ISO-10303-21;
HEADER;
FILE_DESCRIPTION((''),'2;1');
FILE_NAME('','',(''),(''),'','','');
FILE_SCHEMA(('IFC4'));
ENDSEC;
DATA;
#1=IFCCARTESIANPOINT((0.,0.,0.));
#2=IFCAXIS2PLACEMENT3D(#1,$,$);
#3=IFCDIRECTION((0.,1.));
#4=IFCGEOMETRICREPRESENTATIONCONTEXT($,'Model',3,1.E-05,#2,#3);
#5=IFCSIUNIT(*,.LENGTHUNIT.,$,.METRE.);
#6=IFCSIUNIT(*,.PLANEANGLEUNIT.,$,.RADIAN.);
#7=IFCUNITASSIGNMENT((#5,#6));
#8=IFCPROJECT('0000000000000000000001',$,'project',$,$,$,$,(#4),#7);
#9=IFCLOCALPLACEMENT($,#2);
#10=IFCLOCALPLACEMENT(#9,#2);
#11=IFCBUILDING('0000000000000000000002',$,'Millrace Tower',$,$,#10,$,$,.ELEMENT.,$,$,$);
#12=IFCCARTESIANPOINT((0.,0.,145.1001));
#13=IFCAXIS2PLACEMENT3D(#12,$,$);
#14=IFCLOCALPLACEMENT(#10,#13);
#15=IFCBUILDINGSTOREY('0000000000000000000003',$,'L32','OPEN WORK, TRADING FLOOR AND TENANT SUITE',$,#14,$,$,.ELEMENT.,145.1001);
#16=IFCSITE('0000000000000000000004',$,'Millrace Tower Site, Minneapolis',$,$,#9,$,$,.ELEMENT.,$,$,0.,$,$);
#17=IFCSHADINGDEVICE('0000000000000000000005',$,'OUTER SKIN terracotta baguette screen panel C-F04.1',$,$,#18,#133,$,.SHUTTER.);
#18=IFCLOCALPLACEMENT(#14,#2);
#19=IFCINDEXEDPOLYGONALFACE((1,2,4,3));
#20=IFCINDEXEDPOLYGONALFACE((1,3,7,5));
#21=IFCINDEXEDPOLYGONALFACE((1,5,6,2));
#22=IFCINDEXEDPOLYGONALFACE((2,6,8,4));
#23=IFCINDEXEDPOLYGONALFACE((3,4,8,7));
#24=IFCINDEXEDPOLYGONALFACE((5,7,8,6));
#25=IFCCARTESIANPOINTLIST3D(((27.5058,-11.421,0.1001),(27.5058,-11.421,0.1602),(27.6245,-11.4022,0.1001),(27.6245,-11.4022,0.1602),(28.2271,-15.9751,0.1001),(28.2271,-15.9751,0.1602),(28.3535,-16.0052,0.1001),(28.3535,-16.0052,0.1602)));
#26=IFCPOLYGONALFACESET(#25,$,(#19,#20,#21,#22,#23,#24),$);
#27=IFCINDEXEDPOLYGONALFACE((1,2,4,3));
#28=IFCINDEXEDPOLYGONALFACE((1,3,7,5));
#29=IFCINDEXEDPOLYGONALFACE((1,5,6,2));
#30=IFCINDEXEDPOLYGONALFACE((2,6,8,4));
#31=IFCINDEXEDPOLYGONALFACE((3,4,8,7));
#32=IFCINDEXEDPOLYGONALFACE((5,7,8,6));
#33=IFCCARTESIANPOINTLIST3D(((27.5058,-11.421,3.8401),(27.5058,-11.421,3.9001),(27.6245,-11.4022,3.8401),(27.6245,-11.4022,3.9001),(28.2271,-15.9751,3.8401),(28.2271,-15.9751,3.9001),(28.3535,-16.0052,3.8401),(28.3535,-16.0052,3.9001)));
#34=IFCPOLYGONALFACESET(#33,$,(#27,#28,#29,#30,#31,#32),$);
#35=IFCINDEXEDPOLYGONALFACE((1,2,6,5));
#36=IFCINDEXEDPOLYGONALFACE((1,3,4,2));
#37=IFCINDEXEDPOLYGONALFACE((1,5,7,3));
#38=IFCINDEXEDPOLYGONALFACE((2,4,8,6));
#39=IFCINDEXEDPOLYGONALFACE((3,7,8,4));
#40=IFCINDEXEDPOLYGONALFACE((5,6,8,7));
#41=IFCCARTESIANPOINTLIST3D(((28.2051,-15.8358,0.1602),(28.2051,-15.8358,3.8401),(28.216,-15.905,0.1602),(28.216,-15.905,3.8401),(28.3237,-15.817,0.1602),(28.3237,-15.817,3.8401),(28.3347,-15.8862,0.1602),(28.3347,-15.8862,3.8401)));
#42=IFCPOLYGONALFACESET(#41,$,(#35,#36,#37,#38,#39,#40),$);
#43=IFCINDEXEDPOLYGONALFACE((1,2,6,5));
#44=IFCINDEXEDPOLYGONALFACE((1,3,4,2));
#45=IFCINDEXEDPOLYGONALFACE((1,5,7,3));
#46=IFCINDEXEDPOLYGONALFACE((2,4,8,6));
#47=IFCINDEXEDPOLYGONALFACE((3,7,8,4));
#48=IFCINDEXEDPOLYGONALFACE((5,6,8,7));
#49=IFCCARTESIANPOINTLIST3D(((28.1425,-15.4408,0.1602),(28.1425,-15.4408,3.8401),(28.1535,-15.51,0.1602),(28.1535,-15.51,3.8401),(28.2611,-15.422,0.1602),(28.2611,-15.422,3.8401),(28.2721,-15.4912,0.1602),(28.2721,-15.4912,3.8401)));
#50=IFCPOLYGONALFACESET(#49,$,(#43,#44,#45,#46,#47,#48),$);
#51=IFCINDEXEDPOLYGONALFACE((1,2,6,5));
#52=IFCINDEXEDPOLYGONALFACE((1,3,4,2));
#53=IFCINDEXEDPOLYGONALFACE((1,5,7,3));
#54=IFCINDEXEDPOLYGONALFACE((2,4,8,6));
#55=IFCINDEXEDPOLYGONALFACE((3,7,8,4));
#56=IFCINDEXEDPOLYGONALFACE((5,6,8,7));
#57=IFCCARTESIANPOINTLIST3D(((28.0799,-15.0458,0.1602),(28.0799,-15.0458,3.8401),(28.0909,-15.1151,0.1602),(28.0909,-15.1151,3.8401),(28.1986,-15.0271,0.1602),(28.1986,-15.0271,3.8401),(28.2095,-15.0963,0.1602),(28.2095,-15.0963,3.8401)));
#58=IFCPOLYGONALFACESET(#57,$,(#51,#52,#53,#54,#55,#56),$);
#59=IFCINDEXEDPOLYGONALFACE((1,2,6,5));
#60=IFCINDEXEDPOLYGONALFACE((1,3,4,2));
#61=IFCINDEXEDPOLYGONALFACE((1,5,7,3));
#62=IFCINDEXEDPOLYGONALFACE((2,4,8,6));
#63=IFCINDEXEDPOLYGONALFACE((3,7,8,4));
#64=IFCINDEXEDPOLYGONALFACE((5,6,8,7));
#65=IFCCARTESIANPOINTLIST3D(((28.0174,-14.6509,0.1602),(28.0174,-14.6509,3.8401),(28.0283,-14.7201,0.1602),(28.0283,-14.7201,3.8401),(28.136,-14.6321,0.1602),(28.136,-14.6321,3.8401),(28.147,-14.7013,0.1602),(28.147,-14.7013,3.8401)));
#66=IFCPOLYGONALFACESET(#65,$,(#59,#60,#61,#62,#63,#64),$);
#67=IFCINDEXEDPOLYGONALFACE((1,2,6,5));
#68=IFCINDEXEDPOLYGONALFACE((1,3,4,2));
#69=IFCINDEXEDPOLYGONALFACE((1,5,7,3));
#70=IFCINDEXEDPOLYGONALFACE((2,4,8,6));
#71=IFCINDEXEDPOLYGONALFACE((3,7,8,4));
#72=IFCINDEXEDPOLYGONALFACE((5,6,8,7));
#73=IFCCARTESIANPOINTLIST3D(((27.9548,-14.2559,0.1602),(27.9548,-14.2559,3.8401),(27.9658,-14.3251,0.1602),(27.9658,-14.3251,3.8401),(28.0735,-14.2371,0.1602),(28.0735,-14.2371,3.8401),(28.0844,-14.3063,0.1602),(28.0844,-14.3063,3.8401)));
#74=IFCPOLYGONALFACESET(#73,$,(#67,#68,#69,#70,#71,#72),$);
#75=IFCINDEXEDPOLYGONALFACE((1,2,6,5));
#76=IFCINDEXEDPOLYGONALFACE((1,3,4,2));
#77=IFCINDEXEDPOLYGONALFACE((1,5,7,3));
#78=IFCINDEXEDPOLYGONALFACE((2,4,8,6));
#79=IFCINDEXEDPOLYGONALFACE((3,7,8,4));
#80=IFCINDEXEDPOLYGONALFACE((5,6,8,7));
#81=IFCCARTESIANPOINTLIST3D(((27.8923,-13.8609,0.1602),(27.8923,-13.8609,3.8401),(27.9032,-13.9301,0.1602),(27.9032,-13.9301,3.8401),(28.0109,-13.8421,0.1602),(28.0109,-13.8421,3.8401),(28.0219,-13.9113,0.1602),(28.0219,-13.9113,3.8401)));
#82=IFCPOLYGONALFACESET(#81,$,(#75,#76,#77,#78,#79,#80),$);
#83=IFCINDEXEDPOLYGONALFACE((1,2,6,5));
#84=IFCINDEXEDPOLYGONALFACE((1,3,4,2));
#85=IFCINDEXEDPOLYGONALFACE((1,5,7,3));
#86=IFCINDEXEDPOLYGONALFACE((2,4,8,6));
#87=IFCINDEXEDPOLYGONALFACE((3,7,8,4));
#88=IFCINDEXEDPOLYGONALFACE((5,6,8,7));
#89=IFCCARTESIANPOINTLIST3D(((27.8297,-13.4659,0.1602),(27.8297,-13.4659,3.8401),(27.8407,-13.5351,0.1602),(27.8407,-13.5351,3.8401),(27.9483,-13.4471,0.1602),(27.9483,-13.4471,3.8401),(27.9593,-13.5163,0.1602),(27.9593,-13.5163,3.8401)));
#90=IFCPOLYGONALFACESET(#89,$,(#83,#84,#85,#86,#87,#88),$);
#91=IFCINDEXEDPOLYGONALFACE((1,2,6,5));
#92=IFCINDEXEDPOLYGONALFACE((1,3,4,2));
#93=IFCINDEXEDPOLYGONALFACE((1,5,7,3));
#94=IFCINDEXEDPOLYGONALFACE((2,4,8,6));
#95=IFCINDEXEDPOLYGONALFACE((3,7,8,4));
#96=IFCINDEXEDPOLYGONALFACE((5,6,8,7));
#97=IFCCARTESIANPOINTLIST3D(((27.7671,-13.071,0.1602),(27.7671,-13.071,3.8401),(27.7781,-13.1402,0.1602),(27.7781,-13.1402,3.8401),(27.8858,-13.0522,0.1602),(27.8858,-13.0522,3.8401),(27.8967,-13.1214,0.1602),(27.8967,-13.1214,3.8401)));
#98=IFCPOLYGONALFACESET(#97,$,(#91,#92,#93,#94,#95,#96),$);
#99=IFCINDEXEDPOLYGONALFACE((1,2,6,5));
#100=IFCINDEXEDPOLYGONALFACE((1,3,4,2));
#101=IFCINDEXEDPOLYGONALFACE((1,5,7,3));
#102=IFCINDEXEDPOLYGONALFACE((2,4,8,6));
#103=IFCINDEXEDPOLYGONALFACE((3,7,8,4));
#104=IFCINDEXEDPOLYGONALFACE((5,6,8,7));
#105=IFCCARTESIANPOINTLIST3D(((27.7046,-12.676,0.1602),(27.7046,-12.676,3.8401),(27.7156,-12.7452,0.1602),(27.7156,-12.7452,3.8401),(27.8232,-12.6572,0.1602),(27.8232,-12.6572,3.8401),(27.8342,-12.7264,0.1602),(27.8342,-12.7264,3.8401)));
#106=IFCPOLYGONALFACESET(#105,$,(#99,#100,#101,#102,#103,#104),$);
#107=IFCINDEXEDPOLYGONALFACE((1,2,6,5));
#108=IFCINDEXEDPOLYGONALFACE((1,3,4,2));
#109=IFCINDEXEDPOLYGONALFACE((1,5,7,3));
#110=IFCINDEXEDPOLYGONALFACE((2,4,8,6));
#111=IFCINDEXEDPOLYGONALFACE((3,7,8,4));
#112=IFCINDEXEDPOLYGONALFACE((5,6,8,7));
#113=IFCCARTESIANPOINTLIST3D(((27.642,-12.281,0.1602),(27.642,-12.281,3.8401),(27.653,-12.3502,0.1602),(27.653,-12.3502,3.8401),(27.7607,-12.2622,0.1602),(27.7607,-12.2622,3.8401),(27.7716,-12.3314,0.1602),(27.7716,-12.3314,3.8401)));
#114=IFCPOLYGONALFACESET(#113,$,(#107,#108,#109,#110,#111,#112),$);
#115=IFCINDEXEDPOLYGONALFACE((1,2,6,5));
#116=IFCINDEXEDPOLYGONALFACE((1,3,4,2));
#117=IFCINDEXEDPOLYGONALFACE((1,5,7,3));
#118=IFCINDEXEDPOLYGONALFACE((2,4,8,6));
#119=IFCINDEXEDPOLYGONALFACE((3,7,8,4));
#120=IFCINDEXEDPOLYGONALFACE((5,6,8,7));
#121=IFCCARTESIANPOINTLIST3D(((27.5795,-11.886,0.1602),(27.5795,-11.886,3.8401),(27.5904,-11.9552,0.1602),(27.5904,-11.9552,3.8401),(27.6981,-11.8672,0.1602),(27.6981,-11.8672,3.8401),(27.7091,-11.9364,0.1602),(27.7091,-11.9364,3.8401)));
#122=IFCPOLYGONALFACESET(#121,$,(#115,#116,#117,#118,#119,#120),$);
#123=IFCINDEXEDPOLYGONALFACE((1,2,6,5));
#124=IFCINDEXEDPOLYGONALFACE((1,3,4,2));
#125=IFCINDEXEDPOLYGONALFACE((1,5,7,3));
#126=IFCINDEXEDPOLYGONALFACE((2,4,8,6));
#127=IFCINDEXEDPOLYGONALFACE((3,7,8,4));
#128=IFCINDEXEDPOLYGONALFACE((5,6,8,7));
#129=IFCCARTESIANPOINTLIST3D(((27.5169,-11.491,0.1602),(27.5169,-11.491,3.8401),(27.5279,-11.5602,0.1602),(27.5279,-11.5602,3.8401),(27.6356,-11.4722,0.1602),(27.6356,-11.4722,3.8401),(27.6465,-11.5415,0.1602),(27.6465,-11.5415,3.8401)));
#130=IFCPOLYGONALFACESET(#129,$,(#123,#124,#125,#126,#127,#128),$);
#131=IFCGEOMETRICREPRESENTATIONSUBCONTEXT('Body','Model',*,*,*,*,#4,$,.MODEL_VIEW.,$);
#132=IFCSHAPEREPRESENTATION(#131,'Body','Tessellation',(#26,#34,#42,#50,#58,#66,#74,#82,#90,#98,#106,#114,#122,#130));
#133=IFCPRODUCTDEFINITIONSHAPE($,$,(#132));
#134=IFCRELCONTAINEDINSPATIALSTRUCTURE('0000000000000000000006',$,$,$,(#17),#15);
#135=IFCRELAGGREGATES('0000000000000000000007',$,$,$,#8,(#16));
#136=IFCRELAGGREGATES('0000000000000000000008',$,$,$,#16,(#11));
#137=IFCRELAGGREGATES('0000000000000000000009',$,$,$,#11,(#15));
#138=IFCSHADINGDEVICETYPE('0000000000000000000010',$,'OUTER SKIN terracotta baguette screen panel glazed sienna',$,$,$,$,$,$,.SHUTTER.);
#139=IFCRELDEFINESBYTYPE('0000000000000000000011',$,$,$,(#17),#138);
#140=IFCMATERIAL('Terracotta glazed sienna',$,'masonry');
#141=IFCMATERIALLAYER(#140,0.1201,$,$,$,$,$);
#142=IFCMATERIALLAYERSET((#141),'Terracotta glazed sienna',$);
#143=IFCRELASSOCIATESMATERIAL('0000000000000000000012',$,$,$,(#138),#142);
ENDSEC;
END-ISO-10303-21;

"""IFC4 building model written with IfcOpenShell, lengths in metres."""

from ifc_helpers import new_model, entity, si_unit, direction, frame, frame_2d, origin, place, context, subcontext, project, spatial, rectangle, extrude, source, transform, mapped, material, layer, layer_set, type_object, element, save


model = new_model("IFC4")

# Units and contexts
model_context = context("Model", 3, precision=1e-05, world=origin(), true_north=direction((0.0, 1.0)))
body_context = subcontext(model_context, "Body", "Model", "MODEL_VIEW")
ifc_project = project(units=[si_unit("LENGTHUNIT", "METRE"), si_unit("PLANEANGLEUNIT", "RADIAN")], contexts=[model_context])

# Site, building, storey
site_placement = place(None, origin())
site = spatial("IfcSite", under=ifc_project, at=site_placement, Name="Millrace Tower Site, Minneapolis", CompositionType="ELEMENT", RefElevation=0.0)
building_placement = place(site_placement, origin())
building = spatial("IfcBuilding", under=site, at=building_placement, Name="Millrace Tower", CompositionType="ELEMENT")
storey_placement = place(building_placement, frame((0.0, 0.0, 145.1001)))
storey = spatial("IfcBuildingStorey", under=building, at=storey_placement, Name="L32", Description="OPEN WORK, TRADING FLOOR AND TENANT SUITE", CompositionType="ELEMENT", Elevation=145.1001)

# Shading device
ifc_material_1 = material(Name="Terracotta glazed sienna", Category="masonry")
ifc_layer_1 = layer(ifc_material_1, 0.1201)
ifc_layer_set_1 = layer_set([ifc_layer_1], Name="Terracotta glazed sienna")
shading_device_type = type_object("IfcShadingDeviceType", Name="OUTER SKIN terracotta baguette screen panel glazed sienna", PredefinedType="SHUTTER", material=ifc_layer_set_1)
cartesian_point_1 = entity("IfcCartesianPoint", [-2.293, 0.0601])
shared_polyline_1 = entity("IfcPolyline", [cartesian_point_1, entity("IfcCartesianPoint", [2.3179, 0.0601]), entity("IfcCartesianPoint", [2.3179, -0.0601]), entity("IfcCartesianPoint", [-2.3425, -0.0601]), cartesian_point_1])
shared_shape_1 = source(origin(), body_context, "Body", "SweptSolid", [
    entity("IfcExtrudedAreaSolid", entity("IfcArbitraryClosedProfileDef", "AREA", None, shared_polyline_1), entity("IfcAxis2Placement3D", entity("IfcCartesianPoint", [0.0, 0.0, 0.0])), entity("IfcDirection", [0.0, 0.0, 1.0]), 0.0601),
    entity("IfcExtrudedAreaSolid", entity("IfcArbitraryClosedProfileDef", "AREA", None, shared_polyline_1), entity("IfcAxis2Placement3D", entity("IfcCartesianPoint", [0.0, 0.0, 3.74])), entity("IfcDirection", [0.0, 0.0, 1.0]), 0.0601),
    extrude(rectangle(XDim=0.0701, YDim=0.1201, at=frame_2d((-2.187, 0.0))), frame((0.0, 0.0, 0.0601)), (0.0, 0.0, 1.0), 3.6799),
    extrude(rectangle(XDim=0.0701, YDim=0.1201, at=frame_2d((-1.7871, 0.0))), frame((0.0, 0.0, 0.0601)), (0.0, 0.0, 1.0), 3.6799),
    extrude(rectangle(XDim=0.0701, YDim=0.1201, at=frame_2d((-1.3872, 0.0))), frame((0.0, 0.0, 0.0601)), (0.0, 0.0, 1.0), 3.6799),
    extrude(rectangle(XDim=0.0701, YDim=0.1201, at=frame_2d((-0.9873, 0.0))), frame((0.0, 0.0, 0.0601)), (0.0, 0.0, 1.0), 3.6799),
    extrude(rectangle(XDim=0.0701, YDim=0.1201, at=frame_2d((-0.5874, 0.0))), frame((0.0, 0.0, 0.0601)), (0.0, 0.0, 1.0), 3.6799),
    extrude(rectangle(XDim=0.0701, YDim=0.1201, at=frame_2d((-0.1875, 0.0))), frame((0.0, 0.0, 0.0601)), (0.0, 0.0, 1.0), 3.6799),
    extrude(rectangle(XDim=0.0701, YDim=0.1201, at=frame_2d((0.2124, 0.0))), frame((0.0, 0.0, 0.0601)), (0.0, 0.0, 1.0), 3.6799),
    extrude(rectangle(XDim=0.0701, YDim=0.1201, at=frame_2d((0.6123, 0.0))), frame((0.0, 0.0, 0.0601)), (0.0, 0.0, 1.0), 3.6799),
    extrude(rectangle(XDim=0.0701, YDim=0.1201, at=frame_2d((1.0122, 0.0))), frame((0.0, 0.0, 0.0601)), (0.0, 0.0, 1.0), 3.6799),
    extrude(rectangle(XDim=0.0701, YDim=0.1201, at=frame_2d((1.4121, 0.0))), frame((0.0, 0.0, 0.0601)), (0.0, 0.0, 1.0), 3.6799),
    extrude(rectangle(XDim=0.0701, YDim=0.1201, at=frame_2d((1.812, 0.0))), frame((0.0, 0.0, 0.0601)), (0.0, 0.0, 1.0), 3.6799),
    extrude(rectangle(XDim=0.0701, YDim=0.1201, at=frame_2d((2.2119, 0.0))), frame((0.0, 0.0, 0.0601)), (0.0, 0.0, 1.0), 3.6799),
])
shading_device_1_placement = place(storey_placement, frame((27.9277, -13.7009, 0.1001), z_axis=(0.0, 0.0, 1.0), x_axis=(-0.156434, 0.987688, 0.0)))
element("IfcShadingDevice", 1, at=shading_device_1_placement, inside=storey, type_object=shading_device_type, Name="OUTER SKIN terracotta baguette screen panel C-F04.1", PredefinedType="SHUTTER", context=body_context, shape_type="MappedRepresentation", body=[
    mapped(shared_shape_1, transform((0.0, 0.0, 0.0), scale=1.0)),
])

save(model, "model.ifc")
